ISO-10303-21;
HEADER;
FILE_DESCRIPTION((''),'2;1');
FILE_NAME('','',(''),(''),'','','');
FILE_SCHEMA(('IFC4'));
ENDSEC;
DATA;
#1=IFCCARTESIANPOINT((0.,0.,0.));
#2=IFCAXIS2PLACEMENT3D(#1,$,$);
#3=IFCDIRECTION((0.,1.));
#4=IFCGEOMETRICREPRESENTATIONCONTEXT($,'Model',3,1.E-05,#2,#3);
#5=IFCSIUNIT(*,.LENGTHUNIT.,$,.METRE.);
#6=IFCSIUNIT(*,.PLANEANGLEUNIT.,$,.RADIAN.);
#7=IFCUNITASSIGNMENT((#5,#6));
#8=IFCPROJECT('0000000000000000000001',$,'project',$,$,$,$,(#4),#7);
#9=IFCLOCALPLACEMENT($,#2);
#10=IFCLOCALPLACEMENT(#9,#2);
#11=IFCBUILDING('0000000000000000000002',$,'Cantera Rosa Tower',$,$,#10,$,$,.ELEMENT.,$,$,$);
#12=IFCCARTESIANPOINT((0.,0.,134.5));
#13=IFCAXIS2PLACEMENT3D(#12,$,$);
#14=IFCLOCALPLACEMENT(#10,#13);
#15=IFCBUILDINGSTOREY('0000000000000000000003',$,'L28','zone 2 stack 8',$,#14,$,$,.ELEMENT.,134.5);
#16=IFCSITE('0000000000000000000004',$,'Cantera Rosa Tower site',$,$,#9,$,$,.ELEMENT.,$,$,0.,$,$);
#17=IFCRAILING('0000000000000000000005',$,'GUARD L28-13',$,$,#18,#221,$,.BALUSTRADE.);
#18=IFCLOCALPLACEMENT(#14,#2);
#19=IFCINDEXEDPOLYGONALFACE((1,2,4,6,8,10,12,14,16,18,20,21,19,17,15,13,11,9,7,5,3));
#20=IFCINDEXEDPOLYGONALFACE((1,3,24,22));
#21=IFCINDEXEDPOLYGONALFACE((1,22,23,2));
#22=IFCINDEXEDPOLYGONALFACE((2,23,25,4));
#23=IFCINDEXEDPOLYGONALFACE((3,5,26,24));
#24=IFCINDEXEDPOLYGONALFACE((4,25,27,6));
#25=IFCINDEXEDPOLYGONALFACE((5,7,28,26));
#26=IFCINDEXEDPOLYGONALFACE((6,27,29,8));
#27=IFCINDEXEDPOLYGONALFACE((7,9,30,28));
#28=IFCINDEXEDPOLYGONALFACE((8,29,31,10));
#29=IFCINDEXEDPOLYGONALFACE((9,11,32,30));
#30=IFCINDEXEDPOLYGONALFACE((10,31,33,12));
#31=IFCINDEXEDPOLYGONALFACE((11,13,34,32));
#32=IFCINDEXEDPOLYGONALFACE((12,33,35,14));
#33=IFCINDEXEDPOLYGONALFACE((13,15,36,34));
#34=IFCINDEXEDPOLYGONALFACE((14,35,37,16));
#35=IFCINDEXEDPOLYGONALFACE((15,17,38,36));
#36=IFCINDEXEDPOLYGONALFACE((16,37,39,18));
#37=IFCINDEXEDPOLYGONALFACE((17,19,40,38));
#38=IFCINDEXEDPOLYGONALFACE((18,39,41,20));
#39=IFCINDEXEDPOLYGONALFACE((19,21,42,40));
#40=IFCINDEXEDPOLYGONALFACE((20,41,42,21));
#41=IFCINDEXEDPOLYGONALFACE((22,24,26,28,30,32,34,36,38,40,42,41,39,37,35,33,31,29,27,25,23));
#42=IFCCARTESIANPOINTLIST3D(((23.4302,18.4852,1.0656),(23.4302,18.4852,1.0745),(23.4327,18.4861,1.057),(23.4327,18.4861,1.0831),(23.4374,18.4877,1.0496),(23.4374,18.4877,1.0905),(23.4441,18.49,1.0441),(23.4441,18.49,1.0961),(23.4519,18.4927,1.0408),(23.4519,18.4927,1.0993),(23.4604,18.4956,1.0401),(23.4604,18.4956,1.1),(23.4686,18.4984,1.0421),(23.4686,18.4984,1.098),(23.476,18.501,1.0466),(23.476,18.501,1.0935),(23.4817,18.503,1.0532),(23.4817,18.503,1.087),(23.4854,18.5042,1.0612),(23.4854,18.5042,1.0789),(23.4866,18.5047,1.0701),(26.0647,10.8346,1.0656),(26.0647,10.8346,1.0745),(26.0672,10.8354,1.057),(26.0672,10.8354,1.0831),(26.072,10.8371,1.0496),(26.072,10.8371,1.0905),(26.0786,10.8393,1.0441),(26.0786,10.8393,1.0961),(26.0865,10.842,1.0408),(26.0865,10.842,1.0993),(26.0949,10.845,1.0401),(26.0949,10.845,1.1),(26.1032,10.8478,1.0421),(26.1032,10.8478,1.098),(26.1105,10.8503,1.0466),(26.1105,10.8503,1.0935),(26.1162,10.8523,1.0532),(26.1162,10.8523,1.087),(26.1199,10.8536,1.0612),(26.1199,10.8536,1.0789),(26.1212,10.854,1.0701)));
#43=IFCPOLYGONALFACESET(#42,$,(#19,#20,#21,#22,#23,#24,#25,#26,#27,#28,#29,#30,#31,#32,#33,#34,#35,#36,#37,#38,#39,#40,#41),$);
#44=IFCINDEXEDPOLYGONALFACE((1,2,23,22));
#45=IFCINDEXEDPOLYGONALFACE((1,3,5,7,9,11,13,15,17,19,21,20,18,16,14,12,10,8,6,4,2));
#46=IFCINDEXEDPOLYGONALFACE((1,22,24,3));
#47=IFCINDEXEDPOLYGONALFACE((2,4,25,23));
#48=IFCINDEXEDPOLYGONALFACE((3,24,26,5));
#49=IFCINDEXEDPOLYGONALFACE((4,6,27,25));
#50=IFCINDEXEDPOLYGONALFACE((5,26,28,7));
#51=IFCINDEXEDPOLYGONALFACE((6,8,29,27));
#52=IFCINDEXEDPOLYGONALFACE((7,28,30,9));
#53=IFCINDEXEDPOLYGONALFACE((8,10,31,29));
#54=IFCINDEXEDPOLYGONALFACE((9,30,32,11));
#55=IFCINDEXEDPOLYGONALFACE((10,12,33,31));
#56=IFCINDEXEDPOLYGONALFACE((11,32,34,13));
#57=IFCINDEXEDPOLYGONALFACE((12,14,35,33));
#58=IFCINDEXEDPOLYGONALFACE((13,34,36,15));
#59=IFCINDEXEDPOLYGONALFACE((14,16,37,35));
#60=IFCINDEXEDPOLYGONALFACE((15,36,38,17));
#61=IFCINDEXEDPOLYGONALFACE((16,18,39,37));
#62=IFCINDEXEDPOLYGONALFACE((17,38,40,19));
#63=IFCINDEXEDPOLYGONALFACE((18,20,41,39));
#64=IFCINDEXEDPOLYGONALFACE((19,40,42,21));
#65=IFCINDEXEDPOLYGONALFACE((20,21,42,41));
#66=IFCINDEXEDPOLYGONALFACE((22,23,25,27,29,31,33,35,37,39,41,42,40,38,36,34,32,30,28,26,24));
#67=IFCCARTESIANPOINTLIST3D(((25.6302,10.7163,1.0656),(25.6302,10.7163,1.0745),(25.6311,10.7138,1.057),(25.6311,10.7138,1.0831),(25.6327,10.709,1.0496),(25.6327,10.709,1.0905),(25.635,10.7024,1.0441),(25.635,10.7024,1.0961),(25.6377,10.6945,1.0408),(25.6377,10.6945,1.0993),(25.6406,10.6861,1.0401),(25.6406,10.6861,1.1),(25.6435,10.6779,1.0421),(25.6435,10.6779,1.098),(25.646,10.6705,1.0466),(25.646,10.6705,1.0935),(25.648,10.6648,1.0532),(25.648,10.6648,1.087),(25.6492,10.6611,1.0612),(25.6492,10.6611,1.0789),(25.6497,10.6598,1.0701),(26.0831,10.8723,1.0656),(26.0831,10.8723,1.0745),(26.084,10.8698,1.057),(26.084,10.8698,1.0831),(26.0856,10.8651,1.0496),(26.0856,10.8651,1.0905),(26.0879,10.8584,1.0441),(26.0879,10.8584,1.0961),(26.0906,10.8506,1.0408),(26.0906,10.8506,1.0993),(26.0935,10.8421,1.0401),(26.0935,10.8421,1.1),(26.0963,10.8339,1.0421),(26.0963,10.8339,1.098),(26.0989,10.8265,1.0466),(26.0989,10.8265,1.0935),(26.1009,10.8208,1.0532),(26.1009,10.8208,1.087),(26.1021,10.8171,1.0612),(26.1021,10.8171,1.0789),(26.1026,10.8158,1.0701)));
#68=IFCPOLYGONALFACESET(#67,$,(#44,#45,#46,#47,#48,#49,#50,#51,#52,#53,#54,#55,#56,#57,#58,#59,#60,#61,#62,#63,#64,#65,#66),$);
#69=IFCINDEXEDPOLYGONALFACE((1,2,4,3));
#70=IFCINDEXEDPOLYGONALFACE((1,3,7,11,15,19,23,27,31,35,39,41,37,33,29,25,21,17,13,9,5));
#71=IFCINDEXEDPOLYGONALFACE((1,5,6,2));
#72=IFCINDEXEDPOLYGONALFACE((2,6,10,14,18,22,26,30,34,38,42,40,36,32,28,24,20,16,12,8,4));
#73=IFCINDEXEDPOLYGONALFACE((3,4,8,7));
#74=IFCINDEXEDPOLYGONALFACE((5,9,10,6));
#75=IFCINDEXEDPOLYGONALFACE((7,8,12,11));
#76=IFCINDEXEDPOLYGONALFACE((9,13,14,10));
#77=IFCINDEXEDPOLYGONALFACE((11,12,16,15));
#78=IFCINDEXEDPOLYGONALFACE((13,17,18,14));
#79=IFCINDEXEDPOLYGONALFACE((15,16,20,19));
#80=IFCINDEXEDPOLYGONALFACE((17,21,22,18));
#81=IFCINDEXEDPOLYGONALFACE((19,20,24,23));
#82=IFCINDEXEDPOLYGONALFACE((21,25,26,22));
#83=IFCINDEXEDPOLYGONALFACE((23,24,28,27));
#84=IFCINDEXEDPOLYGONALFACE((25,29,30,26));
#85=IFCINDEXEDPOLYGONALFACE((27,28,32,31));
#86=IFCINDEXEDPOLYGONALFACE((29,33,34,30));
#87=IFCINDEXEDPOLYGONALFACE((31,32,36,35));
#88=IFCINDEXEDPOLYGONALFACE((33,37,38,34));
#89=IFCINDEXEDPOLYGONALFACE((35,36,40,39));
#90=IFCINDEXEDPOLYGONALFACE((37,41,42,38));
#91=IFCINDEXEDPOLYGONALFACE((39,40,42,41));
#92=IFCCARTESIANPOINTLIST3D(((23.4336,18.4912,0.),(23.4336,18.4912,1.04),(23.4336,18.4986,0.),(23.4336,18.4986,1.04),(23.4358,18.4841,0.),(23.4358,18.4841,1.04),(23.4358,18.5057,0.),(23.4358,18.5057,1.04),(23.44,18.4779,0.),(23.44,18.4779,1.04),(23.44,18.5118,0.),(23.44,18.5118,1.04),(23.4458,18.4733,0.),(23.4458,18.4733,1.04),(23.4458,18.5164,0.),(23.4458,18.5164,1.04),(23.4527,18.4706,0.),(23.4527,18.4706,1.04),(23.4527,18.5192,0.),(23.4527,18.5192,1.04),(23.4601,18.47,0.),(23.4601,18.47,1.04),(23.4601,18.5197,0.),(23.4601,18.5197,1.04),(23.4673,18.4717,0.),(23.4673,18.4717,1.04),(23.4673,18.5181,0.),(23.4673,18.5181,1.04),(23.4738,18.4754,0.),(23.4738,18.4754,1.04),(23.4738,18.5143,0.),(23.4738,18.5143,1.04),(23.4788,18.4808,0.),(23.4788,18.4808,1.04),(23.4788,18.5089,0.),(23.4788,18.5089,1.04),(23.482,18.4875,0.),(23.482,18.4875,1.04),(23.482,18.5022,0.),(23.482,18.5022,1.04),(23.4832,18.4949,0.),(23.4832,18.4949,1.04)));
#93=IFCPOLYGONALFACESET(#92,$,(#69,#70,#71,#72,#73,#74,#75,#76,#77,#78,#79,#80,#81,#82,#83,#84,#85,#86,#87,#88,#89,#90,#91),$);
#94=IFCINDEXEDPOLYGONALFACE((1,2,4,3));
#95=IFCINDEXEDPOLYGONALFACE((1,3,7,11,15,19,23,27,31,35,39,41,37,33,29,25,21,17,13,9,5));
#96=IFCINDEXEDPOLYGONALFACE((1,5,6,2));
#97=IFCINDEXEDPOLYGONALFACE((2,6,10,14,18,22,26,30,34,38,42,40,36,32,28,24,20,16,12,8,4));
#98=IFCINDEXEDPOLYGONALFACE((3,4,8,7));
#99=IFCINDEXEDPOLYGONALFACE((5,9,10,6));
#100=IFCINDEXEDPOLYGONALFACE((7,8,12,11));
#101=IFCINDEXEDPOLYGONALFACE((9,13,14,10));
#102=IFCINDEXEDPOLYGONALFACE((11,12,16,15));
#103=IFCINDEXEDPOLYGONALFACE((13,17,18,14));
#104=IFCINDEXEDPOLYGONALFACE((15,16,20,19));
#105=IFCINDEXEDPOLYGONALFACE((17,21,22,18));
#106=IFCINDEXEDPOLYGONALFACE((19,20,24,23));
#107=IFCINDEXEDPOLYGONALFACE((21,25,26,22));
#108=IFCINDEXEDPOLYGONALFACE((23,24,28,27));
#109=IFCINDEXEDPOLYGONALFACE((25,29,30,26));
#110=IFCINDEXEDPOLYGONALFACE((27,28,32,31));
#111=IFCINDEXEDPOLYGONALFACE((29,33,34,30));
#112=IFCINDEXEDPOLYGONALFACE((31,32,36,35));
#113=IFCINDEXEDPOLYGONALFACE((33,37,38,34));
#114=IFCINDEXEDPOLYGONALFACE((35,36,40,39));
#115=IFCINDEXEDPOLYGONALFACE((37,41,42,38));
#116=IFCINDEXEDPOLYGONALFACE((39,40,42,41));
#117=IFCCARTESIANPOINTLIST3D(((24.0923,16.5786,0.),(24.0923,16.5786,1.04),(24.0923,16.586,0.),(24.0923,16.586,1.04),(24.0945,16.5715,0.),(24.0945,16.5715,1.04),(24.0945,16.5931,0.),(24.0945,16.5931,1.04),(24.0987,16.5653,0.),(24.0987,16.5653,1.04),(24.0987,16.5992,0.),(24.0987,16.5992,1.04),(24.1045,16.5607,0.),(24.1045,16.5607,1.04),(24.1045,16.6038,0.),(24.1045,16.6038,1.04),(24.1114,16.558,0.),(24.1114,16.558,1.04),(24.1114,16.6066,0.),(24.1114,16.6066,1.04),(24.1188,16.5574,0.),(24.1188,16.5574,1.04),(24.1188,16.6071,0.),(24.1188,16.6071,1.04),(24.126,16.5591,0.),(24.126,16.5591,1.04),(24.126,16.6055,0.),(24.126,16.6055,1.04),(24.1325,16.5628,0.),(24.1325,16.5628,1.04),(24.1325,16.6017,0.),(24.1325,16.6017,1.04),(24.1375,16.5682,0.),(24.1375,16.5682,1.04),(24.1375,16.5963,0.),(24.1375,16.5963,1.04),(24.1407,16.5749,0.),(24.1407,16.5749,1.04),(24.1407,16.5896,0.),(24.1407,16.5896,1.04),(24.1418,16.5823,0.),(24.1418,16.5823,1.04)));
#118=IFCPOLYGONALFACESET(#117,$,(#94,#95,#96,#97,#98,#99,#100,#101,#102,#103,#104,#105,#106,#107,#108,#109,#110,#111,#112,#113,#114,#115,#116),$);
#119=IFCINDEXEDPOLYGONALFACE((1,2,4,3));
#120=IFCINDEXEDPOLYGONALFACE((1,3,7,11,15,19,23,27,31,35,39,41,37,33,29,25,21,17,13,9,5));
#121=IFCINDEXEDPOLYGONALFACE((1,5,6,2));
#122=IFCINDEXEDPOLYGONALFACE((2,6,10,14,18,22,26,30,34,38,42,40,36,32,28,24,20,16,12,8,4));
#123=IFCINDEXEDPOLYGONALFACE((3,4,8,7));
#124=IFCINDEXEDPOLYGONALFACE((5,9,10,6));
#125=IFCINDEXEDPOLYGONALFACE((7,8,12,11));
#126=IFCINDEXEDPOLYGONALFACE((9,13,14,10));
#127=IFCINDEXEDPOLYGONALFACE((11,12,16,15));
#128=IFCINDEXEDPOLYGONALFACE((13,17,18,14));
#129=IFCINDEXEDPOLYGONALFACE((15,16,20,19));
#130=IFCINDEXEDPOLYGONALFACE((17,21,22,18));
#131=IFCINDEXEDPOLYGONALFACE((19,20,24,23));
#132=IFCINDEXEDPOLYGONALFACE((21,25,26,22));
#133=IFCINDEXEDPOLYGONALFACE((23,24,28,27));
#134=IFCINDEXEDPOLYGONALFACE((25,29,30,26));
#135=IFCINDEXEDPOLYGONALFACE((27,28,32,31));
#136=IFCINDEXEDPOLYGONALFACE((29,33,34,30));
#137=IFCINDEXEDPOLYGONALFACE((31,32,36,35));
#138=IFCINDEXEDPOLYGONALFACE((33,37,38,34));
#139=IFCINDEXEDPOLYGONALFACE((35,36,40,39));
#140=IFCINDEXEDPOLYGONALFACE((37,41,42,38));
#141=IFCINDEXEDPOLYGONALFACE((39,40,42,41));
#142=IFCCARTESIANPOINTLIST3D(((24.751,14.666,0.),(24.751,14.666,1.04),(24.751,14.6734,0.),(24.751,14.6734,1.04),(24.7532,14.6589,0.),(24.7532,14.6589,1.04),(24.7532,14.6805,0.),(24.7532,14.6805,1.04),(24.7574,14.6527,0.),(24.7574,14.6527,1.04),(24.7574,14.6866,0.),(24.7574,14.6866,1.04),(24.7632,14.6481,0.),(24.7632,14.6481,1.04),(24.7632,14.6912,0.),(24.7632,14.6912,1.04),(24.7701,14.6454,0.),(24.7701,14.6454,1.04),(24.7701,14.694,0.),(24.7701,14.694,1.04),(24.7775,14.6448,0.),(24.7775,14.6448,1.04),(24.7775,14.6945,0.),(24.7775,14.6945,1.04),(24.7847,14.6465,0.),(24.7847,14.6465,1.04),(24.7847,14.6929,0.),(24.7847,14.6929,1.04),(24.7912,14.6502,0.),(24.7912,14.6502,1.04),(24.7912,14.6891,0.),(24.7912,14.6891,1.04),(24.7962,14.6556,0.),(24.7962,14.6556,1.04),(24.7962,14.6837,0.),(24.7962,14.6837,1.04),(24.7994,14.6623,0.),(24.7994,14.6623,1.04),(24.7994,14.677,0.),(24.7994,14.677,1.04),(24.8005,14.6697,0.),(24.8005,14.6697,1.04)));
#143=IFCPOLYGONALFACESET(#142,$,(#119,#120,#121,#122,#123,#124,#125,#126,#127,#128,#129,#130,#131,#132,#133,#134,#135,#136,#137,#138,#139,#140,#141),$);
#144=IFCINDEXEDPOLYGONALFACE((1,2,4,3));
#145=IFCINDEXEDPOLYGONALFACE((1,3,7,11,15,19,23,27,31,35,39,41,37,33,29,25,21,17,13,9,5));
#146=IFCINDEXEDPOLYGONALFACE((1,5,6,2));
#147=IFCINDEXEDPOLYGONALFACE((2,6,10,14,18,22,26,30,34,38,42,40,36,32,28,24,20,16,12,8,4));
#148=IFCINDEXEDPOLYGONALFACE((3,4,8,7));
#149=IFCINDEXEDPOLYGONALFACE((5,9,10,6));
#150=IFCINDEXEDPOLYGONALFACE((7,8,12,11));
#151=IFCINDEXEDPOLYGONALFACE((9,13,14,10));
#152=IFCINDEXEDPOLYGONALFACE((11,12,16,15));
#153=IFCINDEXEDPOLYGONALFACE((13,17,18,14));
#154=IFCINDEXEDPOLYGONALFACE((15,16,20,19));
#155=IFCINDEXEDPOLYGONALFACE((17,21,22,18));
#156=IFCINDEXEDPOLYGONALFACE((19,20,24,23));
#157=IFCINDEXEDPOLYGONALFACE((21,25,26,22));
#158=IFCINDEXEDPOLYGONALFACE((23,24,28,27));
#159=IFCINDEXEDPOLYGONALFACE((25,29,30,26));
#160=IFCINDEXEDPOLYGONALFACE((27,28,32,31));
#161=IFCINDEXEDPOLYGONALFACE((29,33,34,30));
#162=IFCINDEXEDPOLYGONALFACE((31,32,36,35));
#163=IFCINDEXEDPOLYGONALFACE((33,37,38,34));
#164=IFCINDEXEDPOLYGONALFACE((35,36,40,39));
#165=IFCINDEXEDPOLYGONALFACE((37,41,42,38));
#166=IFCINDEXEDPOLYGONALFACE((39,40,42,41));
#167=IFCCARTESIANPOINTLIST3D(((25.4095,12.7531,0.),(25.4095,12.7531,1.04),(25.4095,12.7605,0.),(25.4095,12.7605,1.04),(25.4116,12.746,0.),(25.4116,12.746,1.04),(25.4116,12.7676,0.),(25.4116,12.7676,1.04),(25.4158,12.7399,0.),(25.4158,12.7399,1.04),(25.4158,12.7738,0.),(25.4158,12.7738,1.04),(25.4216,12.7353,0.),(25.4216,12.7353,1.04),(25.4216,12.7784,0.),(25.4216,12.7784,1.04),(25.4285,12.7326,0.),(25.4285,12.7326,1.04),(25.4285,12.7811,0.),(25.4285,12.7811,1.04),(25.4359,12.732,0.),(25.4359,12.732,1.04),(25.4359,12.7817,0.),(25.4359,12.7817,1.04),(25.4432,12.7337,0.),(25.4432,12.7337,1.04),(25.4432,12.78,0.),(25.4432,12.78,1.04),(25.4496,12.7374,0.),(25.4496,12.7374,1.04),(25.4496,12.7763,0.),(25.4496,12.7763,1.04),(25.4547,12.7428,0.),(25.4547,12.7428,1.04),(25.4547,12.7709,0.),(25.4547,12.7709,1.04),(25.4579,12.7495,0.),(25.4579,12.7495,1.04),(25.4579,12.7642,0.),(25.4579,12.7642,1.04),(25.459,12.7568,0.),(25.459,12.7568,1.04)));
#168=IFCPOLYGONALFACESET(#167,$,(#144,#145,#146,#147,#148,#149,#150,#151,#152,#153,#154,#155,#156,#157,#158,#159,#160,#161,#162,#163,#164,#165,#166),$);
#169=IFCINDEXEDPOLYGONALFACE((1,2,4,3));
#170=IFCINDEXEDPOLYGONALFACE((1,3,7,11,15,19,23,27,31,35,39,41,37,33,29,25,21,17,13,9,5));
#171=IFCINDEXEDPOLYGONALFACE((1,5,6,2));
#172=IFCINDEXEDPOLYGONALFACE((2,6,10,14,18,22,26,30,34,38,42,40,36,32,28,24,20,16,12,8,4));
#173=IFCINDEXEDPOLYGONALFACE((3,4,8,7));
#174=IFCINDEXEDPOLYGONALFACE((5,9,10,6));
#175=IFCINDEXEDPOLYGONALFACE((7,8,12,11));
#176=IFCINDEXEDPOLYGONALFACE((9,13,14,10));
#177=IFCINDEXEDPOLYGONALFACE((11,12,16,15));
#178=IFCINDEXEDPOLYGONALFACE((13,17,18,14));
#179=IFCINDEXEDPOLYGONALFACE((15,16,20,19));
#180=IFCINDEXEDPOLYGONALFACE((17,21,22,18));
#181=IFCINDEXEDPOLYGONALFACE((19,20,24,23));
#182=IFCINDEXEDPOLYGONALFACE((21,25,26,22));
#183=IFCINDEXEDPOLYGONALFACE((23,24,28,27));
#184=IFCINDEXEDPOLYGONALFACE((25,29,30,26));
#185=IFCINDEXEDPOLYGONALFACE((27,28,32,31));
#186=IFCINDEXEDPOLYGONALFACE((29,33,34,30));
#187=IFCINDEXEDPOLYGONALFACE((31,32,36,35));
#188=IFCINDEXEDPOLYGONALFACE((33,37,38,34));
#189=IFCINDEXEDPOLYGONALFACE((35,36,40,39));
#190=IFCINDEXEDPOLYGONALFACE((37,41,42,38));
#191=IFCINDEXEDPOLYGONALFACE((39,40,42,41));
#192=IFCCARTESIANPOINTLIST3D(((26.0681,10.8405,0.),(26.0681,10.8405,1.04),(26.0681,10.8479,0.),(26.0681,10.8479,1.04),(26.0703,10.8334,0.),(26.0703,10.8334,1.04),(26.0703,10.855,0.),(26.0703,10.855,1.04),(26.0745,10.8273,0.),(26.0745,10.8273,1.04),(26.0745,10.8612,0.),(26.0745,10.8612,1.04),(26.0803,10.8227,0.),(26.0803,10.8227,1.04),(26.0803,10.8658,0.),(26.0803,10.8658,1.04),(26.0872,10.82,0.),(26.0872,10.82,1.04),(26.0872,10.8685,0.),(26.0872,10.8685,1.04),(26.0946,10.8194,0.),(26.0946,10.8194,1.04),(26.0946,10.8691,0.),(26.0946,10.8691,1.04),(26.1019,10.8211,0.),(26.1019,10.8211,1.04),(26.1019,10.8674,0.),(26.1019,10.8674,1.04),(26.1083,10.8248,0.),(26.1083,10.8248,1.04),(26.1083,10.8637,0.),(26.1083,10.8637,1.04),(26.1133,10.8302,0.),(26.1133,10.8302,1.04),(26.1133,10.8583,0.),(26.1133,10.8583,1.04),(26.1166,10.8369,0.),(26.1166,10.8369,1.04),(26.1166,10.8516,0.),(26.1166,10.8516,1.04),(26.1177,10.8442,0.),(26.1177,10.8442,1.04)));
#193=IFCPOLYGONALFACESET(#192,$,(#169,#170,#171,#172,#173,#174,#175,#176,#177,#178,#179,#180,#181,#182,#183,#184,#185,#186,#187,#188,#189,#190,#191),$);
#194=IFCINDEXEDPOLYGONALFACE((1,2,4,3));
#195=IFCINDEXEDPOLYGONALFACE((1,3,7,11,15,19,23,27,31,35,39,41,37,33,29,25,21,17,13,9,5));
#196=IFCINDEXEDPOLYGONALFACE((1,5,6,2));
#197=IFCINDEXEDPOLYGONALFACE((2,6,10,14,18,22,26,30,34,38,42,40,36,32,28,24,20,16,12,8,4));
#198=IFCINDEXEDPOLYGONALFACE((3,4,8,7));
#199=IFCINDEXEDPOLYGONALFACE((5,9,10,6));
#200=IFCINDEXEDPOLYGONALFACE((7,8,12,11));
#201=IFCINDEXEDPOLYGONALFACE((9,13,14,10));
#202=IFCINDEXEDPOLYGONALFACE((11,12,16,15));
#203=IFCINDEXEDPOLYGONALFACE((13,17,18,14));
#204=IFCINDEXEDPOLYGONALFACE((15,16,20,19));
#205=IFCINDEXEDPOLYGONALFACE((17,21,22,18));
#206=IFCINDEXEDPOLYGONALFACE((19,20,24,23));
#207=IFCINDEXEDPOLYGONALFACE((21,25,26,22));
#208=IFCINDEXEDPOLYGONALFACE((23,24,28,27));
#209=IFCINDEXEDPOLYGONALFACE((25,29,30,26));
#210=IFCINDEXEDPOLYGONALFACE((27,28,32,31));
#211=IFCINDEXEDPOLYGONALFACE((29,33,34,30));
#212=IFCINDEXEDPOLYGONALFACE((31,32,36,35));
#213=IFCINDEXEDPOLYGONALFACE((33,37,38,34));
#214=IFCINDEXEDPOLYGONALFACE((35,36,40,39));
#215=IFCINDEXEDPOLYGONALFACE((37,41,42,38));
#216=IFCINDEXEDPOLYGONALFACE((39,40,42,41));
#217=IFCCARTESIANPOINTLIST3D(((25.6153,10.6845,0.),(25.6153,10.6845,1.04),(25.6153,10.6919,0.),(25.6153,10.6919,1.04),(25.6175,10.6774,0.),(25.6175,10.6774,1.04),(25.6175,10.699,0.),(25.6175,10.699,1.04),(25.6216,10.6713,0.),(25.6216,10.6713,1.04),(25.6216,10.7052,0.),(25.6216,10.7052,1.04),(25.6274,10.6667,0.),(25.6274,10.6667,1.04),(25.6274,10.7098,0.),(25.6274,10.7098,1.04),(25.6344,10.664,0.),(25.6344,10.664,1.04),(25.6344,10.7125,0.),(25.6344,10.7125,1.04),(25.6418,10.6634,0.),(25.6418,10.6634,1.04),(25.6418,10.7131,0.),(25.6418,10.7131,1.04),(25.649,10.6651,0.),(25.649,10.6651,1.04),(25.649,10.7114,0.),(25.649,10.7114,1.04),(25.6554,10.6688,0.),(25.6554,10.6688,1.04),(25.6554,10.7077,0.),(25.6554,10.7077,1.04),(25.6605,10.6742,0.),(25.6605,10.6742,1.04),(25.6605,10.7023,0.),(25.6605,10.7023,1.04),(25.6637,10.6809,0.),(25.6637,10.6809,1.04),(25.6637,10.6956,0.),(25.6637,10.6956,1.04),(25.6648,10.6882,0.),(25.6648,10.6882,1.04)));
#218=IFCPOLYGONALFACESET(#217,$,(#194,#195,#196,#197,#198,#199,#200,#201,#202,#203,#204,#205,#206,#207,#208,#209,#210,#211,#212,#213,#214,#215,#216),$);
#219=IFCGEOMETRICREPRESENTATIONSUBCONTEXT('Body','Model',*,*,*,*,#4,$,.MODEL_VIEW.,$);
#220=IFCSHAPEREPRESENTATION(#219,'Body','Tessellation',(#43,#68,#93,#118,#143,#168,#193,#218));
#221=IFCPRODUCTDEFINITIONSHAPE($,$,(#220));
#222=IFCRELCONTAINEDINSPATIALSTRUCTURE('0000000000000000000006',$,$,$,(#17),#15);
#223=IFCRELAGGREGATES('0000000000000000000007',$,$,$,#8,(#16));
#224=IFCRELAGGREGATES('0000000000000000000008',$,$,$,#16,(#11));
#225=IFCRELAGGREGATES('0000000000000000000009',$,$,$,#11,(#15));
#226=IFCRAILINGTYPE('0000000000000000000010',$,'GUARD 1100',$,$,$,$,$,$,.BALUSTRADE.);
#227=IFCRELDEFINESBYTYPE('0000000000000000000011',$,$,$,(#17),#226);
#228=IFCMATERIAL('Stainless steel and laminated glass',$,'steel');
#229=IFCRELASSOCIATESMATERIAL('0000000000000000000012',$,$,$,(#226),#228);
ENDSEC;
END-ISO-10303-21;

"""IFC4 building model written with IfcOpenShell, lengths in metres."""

from ifc_helpers import new_model, si_unit, direction, frame, origin, origin_2d, place, context, subcontext, project, spatial, circle, extrude, material, type_object, element, save


model = new_model("IFC4")

# Units and contexts
model_context = context("Model", 3, precision=1e-05, world=origin(), true_north=direction((0.0, 1.0)))
body_context = subcontext(model_context, "Body", "Model", "MODEL_VIEW")
ifc_project = project(units=[si_unit("LENGTHUNIT", "METRE"), si_unit("PLANEANGLEUNIT", "RADIAN")], contexts=[model_context])

# Site, building, storey
site_placement = place(None, origin())
site = spatial("IfcSite", under=ifc_project, at=site_placement, Name="Cantera Rosa Tower site", CompositionType="ELEMENT", RefElevation=0.0)
building_placement = place(site_placement, origin())
building = spatial("IfcBuilding", under=site, at=building_placement, Name="Cantera Rosa Tower", CompositionType="ELEMENT")
storey_placement = place(building_placement, frame((0.0, 0.0, 134.5)))
storey = spatial("IfcBuildingStorey", under=building, at=storey_placement, Name="L28", Description="zone 2 stack 8", CompositionType="ELEMENT", Elevation=134.5)

# Railing
ifc_material_1 = material(Name="Stainless steel and laminated glass", Category="steel")
railing_type = type_object("IfcRailingType", Name="GUARD 1100", PredefinedType="BALUSTRADE", material=ifc_material_1)
railing_1_placement = place(storey_placement, frame((23.4583, 18.4949, 0.0)))
element("IfcRailing", 1, at=railing_1_placement, inside=storey, type_object=railing_type, Name="GUARD L28-13", PredefinedType="BALUSTRADE", context=body_context, shape_type="SweptSolid", body=[
    extrude(circle(Radius=0.03, at=origin_2d()), frame((0.0, 0.0, 1.0701), z_axis=(0.32559, -0.945511, 0.0), x_axis=(0.945511, 0.32559, 0.0)), (0.0, 0.0, 1.0), 8.0916),
    extrude(circle(Radius=0.03, at=origin_2d()), frame((2.6345, -7.6506, 1.0701), z_axis=(-0.945476, -0.325692, 0.0), x_axis=(0.325692, -0.945476, 0.0)), (0.0, 0.0, 1.0), 0.479),
    extrude(circle(Radius=0.0249, at=origin_2d()), origin(), (0.0, 0.0, 1.0), 1.04),
    extrude(circle(Radius=0.0249, at=origin_2d()), frame((0.6587, -1.9126, 0.0)), (0.0, 0.0, 1.0), 1.04),
    extrude(circle(Radius=0.0249, at=origin_2d()), frame((1.3174, -3.8252, 0.0)), (0.0, 0.0, 1.0), 1.04),
    extrude(circle(Radius=0.0249, at=origin_2d()), frame((1.9758, -5.738, 0.0)), (0.0, 0.0, 1.0), 1.04),
    extrude(circle(Radius=0.0249, at=origin_2d()), frame((2.6345, -7.6506, 0.0)), (0.0, 0.0, 1.0), 1.04),
    extrude(circle(Radius=0.0249, at=origin_2d()), frame((2.1816, -7.8066, 0.0)), (0.0, 0.0, 1.0), 1.04),
])

save(model, "model.ifc")
